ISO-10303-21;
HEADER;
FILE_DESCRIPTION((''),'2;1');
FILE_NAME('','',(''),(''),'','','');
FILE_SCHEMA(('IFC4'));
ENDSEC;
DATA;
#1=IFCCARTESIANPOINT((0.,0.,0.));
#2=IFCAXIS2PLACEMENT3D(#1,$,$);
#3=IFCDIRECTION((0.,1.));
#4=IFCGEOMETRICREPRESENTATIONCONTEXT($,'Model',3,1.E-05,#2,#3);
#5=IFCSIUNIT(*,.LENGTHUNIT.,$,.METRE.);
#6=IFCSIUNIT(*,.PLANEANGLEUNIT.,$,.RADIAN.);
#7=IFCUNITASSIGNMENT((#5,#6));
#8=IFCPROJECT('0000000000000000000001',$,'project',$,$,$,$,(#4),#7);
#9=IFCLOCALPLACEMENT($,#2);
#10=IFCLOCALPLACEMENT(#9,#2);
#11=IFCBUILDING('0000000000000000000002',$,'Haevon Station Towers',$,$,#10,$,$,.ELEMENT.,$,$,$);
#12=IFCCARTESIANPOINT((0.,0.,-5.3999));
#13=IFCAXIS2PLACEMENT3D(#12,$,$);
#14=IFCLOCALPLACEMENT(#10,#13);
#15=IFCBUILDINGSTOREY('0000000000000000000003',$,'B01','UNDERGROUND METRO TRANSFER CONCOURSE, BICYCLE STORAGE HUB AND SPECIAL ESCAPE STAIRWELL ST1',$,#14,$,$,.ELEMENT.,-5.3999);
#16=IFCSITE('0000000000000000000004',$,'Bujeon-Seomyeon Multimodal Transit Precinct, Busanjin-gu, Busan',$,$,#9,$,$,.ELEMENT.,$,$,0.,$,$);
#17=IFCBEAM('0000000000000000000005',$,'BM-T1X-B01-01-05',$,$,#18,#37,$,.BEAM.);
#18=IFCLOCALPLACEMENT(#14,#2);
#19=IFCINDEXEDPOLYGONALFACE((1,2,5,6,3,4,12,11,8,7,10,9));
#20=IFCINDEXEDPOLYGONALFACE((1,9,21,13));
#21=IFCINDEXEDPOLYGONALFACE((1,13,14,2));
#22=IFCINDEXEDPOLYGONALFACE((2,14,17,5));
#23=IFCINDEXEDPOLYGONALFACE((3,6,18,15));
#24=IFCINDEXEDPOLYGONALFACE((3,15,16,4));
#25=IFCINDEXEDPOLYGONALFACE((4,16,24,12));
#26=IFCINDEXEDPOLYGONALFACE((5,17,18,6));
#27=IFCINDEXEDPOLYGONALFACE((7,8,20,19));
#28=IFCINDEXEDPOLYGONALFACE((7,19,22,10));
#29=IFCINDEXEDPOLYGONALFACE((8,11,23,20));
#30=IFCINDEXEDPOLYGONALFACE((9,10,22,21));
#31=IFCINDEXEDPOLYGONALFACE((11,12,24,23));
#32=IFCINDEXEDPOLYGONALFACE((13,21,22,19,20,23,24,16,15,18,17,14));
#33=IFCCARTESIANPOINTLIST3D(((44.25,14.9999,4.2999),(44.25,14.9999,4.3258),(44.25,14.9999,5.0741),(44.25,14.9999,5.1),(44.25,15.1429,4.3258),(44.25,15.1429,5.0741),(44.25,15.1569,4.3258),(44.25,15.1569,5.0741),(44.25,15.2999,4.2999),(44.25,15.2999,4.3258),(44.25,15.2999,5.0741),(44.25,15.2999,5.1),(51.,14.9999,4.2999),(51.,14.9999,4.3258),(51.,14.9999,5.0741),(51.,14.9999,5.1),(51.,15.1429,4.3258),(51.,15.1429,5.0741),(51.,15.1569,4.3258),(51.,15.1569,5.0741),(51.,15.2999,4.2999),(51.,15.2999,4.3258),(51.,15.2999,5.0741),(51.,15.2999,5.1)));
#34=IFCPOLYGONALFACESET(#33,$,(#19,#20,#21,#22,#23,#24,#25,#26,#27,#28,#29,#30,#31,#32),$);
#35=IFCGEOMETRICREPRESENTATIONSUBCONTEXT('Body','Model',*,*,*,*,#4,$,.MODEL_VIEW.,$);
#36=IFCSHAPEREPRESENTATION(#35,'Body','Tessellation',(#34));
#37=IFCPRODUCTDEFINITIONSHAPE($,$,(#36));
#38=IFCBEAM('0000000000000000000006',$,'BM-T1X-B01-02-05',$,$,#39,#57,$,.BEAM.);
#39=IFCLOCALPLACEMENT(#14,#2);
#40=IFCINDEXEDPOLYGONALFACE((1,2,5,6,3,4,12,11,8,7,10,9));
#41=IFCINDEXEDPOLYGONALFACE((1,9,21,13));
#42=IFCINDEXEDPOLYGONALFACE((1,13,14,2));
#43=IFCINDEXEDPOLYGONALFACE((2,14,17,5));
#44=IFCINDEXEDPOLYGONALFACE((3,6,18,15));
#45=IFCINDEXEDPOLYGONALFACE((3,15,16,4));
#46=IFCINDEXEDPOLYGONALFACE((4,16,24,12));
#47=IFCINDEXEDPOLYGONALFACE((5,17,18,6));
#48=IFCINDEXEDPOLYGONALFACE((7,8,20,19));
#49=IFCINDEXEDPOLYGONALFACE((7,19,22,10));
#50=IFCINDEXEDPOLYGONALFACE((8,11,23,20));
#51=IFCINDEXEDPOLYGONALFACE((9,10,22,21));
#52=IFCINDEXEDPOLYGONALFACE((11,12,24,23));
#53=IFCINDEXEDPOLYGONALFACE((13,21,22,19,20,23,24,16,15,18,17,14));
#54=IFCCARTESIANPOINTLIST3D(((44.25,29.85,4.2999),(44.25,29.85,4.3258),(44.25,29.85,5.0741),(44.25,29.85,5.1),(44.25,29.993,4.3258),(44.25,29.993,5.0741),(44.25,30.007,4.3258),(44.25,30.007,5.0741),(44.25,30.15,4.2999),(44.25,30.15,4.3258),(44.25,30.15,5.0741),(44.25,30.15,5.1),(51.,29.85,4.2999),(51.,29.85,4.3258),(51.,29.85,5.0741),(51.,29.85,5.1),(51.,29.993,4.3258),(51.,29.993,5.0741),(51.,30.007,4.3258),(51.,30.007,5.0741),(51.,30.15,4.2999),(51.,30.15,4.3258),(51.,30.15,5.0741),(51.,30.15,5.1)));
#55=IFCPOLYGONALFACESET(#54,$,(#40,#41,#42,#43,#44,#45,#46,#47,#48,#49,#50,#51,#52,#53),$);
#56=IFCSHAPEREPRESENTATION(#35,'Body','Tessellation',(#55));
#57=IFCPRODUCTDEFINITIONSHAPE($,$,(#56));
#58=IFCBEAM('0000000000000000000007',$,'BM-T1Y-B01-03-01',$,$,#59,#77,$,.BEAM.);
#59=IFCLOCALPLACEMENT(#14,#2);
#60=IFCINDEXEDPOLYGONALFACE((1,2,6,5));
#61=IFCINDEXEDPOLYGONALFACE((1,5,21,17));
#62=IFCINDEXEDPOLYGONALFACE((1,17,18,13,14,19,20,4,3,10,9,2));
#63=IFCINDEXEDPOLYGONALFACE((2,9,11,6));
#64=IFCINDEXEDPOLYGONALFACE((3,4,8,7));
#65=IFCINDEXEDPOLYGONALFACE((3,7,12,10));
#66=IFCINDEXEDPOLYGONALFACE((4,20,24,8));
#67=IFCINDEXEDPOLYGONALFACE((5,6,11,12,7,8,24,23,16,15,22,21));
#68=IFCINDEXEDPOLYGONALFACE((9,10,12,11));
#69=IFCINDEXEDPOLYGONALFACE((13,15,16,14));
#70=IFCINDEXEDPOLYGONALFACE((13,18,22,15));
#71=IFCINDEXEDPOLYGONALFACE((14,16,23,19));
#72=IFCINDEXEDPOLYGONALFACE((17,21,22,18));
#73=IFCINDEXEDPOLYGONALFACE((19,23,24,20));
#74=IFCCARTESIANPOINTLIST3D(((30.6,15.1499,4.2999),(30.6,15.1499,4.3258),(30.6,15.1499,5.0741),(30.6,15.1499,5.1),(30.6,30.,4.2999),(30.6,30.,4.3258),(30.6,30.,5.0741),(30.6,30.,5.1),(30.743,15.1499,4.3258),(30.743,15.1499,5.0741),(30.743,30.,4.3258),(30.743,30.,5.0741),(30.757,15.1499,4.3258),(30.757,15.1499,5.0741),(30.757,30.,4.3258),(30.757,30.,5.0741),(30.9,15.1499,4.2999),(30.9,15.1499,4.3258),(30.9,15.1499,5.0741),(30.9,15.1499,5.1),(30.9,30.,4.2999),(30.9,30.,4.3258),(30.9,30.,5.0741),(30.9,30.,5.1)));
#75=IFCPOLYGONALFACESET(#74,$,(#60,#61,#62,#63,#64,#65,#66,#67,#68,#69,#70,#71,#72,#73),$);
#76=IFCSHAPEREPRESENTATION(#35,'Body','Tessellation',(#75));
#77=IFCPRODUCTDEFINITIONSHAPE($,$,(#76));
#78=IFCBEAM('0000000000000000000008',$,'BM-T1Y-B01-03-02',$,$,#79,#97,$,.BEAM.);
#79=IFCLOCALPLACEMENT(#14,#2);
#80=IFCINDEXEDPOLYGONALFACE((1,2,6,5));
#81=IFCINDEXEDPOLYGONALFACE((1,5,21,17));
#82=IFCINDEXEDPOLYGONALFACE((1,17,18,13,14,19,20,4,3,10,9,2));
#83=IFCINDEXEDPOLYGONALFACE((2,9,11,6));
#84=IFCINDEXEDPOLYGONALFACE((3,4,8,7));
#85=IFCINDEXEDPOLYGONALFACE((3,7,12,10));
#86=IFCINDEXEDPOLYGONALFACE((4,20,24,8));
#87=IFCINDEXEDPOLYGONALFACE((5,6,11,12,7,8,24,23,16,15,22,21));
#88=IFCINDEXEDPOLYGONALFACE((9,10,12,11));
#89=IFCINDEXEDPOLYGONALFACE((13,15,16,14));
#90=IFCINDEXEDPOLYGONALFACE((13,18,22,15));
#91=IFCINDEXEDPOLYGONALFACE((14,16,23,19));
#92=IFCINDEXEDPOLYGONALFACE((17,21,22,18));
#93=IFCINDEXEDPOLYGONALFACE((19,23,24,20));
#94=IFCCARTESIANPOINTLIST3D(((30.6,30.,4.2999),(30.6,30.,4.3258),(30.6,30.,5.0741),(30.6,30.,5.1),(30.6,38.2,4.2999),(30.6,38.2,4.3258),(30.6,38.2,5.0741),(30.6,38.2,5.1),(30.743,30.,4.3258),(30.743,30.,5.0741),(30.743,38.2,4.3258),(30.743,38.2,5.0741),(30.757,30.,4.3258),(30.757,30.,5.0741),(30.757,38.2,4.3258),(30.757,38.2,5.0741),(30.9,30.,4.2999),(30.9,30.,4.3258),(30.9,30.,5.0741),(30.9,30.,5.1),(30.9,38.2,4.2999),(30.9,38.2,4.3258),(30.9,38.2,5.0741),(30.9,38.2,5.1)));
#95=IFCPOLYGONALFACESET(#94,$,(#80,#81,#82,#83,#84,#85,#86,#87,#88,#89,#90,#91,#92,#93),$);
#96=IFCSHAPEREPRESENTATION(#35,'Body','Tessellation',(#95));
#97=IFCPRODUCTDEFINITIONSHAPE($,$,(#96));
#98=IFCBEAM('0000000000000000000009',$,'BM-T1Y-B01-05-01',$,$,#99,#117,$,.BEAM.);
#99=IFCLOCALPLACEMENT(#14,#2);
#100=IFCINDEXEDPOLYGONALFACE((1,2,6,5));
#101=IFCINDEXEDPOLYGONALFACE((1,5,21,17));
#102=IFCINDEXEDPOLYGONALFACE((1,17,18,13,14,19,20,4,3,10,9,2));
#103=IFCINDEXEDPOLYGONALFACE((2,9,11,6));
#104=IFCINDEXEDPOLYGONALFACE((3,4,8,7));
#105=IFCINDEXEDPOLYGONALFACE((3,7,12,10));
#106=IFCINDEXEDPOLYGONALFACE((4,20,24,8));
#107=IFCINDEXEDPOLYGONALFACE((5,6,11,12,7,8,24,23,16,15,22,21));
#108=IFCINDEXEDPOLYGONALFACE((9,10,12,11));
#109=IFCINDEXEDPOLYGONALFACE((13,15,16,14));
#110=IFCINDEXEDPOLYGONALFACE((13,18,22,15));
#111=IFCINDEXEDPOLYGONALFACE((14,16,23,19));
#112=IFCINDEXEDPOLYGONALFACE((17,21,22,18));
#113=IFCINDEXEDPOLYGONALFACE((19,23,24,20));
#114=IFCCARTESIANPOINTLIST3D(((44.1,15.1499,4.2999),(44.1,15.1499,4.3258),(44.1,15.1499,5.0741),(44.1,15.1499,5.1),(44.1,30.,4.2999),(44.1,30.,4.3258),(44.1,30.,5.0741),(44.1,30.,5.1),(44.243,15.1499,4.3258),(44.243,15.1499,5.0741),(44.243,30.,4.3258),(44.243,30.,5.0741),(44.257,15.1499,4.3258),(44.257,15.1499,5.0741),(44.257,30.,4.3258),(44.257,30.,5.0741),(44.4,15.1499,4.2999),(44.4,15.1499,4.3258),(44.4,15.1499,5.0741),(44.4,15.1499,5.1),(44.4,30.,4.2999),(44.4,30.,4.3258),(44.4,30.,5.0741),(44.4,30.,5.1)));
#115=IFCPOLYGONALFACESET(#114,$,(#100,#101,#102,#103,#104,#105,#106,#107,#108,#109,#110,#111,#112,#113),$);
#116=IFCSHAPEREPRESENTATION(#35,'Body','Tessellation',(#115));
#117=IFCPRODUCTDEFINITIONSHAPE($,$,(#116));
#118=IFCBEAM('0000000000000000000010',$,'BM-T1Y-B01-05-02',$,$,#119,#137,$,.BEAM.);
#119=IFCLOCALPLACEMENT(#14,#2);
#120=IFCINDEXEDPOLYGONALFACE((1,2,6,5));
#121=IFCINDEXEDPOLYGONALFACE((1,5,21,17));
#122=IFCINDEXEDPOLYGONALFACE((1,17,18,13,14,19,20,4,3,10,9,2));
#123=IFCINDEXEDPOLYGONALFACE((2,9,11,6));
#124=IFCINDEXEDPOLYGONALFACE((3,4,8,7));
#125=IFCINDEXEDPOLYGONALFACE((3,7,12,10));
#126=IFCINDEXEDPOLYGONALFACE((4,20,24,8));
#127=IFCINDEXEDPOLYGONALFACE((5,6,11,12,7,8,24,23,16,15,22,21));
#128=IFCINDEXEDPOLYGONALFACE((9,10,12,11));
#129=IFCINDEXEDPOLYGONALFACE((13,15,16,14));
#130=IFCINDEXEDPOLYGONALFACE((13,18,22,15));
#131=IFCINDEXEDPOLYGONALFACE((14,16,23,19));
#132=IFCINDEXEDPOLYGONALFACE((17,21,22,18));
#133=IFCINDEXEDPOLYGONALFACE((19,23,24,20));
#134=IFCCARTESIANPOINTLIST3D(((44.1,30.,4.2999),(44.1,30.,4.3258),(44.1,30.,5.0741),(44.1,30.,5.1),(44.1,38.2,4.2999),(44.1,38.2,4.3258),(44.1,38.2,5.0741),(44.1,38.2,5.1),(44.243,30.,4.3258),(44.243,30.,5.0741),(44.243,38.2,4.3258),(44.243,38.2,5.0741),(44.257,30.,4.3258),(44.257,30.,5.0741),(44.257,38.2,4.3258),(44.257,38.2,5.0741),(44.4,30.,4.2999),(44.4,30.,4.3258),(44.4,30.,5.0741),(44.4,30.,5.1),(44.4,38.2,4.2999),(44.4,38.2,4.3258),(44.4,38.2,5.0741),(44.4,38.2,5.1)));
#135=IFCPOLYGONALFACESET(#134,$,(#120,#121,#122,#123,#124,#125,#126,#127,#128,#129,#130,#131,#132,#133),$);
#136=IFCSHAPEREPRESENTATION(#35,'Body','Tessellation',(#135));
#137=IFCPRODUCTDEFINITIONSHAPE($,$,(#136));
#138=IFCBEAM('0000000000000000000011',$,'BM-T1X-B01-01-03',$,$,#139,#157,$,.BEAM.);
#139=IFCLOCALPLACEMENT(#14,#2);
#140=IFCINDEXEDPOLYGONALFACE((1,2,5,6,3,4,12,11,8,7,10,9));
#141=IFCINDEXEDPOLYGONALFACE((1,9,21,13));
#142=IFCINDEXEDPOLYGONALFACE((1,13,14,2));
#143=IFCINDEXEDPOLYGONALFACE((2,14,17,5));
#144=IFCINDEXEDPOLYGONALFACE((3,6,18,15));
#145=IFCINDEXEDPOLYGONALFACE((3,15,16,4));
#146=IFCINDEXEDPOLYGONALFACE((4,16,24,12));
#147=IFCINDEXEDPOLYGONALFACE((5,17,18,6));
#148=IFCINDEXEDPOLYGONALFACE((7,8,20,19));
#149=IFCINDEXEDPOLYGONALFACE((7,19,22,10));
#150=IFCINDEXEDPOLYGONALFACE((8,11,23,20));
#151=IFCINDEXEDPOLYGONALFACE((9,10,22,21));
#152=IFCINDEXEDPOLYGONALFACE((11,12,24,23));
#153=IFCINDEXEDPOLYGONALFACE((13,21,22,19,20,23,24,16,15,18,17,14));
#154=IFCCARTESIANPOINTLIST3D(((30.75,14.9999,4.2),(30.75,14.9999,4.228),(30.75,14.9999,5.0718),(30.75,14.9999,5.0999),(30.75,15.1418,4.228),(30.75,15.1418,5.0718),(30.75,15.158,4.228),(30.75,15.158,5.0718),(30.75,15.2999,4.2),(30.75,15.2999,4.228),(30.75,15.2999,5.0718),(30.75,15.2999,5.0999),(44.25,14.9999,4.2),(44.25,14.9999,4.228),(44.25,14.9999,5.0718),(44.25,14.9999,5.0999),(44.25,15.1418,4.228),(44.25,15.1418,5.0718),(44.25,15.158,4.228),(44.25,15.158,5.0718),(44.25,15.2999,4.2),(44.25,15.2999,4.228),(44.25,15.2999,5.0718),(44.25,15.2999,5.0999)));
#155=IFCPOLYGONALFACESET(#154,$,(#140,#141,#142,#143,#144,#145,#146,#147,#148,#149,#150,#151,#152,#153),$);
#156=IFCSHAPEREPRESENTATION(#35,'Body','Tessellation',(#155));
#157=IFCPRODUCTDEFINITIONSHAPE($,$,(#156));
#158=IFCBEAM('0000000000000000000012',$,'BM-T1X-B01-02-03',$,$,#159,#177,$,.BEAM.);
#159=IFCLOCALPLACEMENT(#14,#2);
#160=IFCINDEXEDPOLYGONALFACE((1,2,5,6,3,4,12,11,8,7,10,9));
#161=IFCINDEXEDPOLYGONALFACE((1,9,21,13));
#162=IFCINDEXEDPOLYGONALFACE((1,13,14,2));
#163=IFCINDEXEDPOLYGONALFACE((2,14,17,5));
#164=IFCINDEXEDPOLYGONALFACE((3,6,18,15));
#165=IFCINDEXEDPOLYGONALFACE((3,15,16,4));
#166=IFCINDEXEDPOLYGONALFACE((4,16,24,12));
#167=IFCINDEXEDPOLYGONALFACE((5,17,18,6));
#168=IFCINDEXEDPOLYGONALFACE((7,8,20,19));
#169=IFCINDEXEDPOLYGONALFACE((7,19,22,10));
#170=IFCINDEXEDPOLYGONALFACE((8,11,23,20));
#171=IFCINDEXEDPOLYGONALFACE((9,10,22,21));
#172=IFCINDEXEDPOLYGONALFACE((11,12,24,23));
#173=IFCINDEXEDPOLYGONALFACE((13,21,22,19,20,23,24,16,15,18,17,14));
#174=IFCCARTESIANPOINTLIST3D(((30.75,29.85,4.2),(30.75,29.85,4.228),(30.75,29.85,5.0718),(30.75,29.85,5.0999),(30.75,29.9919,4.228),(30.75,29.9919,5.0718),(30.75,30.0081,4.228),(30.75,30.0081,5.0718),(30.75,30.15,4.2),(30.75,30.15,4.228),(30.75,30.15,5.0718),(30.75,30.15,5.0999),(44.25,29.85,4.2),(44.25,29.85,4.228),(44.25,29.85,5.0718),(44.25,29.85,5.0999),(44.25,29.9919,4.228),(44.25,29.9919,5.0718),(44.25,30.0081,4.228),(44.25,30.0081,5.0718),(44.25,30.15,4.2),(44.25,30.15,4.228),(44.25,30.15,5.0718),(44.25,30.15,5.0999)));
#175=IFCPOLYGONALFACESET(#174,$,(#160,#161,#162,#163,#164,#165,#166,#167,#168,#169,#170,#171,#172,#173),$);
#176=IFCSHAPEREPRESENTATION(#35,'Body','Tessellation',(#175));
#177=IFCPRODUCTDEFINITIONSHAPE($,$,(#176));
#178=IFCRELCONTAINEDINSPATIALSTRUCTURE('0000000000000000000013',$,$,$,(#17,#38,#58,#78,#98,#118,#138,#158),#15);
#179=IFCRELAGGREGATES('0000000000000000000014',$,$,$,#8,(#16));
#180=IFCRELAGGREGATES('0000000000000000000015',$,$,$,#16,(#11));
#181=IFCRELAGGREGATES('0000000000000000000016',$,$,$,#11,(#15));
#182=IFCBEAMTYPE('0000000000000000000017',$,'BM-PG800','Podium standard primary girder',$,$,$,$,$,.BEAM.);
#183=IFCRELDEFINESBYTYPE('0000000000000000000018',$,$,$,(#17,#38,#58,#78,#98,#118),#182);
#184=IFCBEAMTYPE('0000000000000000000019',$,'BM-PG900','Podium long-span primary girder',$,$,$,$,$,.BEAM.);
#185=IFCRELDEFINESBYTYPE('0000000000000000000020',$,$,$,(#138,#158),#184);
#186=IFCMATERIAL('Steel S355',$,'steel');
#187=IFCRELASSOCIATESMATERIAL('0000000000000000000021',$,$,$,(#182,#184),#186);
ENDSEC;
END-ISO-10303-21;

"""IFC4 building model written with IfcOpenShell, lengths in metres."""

from ifc_helpers import new_model, si_unit, direction, frame, origin, origin_2d, place, context, subcontext, project, spatial, i_section, extrude, material, material_profile, profile_set, type_object, element, save


model = new_model("IFC4")

# Units and contexts
model_context = context("Model", 3, precision=1e-05, world=origin(), true_north=direction((0.0, 1.0)))
body_context = subcontext(model_context, "Body", "Model", "MODEL_VIEW")
ifc_project = project(units=[si_unit("LENGTHUNIT", "METRE"), si_unit("PLANEANGLEUNIT", "RADIAN")], contexts=[model_context])

# Site, building, storey
site_placement = place(None, origin())
site = spatial("IfcSite", under=ifc_project, at=site_placement, Name="Bujeon-Seomyeon Multimodal Transit Precinct, Busanjin-gu, Busan", CompositionType="ELEMENT", RefElevation=0.0)
building_placement = place(site_placement, origin())
building = spatial("IfcBuilding", under=site, at=building_placement, Name="Haevon Station Towers", CompositionType="ELEMENT")
storey_placement = place(building_placement, frame((0.0, 0.0, -5.3999)))
storey = spatial("IfcBuildingStorey", under=building, at=storey_placement, Name="B01", Description="UNDERGROUND METRO TRANSFER CONCOURSE, BICYCLE STORAGE HUB AND SPECIAL ESCAPE STAIRWELL ST1", CompositionType="ELEMENT", Elevation=-5.3999)

# Beams
ifc_material_1 = material(Name="Steel S355", Category="steel")
ifc_material_profile_1 = material_profile(ifc_material_1, i_section(OverallWidth=0.3, OverallDepth=0.8, WebThickness=0.0139, FlangeThickness=0.0259, at=origin_2d()), Name="H-800x300x14x26")
ifc_profile_set_1 = profile_set([ifc_material_profile_1], Name="Steel S355")
beam_type_1 = type_object("IfcBeamType", Name="BM-PG800", Description="Podium standard primary girder", PredefinedType="BEAM", material=ifc_profile_set_1)
for number, where, z_axis, x_axis, name in (
    (1, (44.25, 15.1499, 4.7), (1.0, 0.0, 0.0), (0.0, 1.0, 0.0), "BM-T1X-B01-01-05"),
    (2, (44.25, 30.0, 4.7), (1.0, 0.0, 0.0), (0.0, 1.0, 0.0), "BM-T1X-B01-02-05"),
):
    element("IfcBeam", number, at=place(storey_placement, frame(where, z_axis=z_axis, x_axis=x_axis)), inside=storey, type_object=beam_type_1, Name=name, PredefinedType="BEAM", context=body_context, shape_type="SweptSolid", body=[
        extrude(i_section(OverallWidth=0.3, OverallDepth=0.8, WebThickness=0.0139, FlangeThickness=0.0259, at=origin_2d()), origin(), (0.0, 0.0, 1.0), 6.75),
    ])
beam_1_placement = place(storey_placement, frame((30.75, 15.1499, 4.7), z_axis=(0.0, 1.0, 0.0), x_axis=(-1.0, 0.0, 0.0)))
element("IfcBeam", 3, at=beam_1_placement, inside=storey, type_object=beam_type_1, Name="BM-T1Y-B01-03-01", PredefinedType="BEAM", context=body_context, shape_type="SweptSolid", body=[
    extrude(i_section(OverallWidth=0.3, OverallDepth=0.8, WebThickness=0.0139, FlangeThickness=0.0259, at=origin_2d()), origin(), (0.0, 0.0, 1.0), 14.8501),
])
beam_2_placement = place(storey_placement, frame((30.75, 30.0, 4.7), z_axis=(0.0, 1.0, 0.0), x_axis=(-1.0, 0.0, 0.0)))
element("IfcBeam", 4, at=beam_2_placement, inside=storey, type_object=beam_type_1, Name="BM-T1Y-B01-03-02", PredefinedType="BEAM", context=body_context, shape_type="SweptSolid", body=[
    extrude(i_section(OverallWidth=0.3, OverallDepth=0.8, WebThickness=0.0139, FlangeThickness=0.0259, at=origin_2d()), origin(), (0.0, 0.0, 1.0), 8.2),
])
beam_3_placement = place(storey_placement, frame((44.25, 15.1499, 4.7), z_axis=(0.0, 1.0, 0.0), x_axis=(-1.0, 0.0, 0.0)))
element("IfcBeam", 5, at=beam_3_placement, inside=storey, type_object=beam_type_1, Name="BM-T1Y-B01-05-01", PredefinedType="BEAM", context=body_context, shape_type="SweptSolid", body=[
    extrude(i_section(OverallWidth=0.3, OverallDepth=0.8, WebThickness=0.0139, FlangeThickness=0.0259, at=origin_2d()), origin(), (0.0, 0.0, 1.0), 14.8501),
])
beam_4_placement = place(storey_placement, frame((44.25, 30.0, 4.7), z_axis=(0.0, 1.0, 0.0), x_axis=(-1.0, 0.0, 0.0)))
element("IfcBeam", 6, at=beam_4_placement, inside=storey, type_object=beam_type_1, Name="BM-T1Y-B01-05-02", PredefinedType="BEAM", context=body_context, shape_type="SweptSolid", body=[
    extrude(i_section(OverallWidth=0.3, OverallDepth=0.8, WebThickness=0.0139, FlangeThickness=0.0259, at=origin_2d()), origin(), (0.0, 0.0, 1.0), 8.2),
])
ifc_material_profile_2 = material_profile(ifc_material_1, i_section(OverallWidth=0.3, OverallDepth=0.8999, WebThickness=0.0161, FlangeThickness=0.0281, at=origin_2d()), Name="H-900x300x16x28")
ifc_profile_set_2 = profile_set([ifc_material_profile_2], Name="Steel S355")
beam_type_2 = type_object("IfcBeamType", Name="BM-PG900", Description="Podium long-span primary girder", PredefinedType="BEAM", material=ifc_profile_set_2)
for number, where, z_axis, x_axis, name in (
    (7, (30.75, 15.1499, 4.6499), (1.0, 0.0, 0.0), (0.0, 1.0, 0.0), "BM-T1X-B01-01-03"),
    (8, (30.75, 30.0, 4.6499), (1.0, 0.0, 0.0), (0.0, 1.0, 0.0), "BM-T1X-B01-02-03"),
):
    element("IfcBeam", number, at=place(storey_placement, frame(where, z_axis=z_axis, x_axis=x_axis)), inside=storey, type_object=beam_type_2, Name=name, PredefinedType="BEAM", context=body_context, shape_type="SweptSolid", body=[
        extrude(i_section(OverallWidth=0.3, OverallDepth=0.8999, WebThickness=0.0161, FlangeThickness=0.0281, at=origin_2d()), origin(), (0.0, 0.0, 1.0), 13.5),
    ])

save(model, "model.ifc")
